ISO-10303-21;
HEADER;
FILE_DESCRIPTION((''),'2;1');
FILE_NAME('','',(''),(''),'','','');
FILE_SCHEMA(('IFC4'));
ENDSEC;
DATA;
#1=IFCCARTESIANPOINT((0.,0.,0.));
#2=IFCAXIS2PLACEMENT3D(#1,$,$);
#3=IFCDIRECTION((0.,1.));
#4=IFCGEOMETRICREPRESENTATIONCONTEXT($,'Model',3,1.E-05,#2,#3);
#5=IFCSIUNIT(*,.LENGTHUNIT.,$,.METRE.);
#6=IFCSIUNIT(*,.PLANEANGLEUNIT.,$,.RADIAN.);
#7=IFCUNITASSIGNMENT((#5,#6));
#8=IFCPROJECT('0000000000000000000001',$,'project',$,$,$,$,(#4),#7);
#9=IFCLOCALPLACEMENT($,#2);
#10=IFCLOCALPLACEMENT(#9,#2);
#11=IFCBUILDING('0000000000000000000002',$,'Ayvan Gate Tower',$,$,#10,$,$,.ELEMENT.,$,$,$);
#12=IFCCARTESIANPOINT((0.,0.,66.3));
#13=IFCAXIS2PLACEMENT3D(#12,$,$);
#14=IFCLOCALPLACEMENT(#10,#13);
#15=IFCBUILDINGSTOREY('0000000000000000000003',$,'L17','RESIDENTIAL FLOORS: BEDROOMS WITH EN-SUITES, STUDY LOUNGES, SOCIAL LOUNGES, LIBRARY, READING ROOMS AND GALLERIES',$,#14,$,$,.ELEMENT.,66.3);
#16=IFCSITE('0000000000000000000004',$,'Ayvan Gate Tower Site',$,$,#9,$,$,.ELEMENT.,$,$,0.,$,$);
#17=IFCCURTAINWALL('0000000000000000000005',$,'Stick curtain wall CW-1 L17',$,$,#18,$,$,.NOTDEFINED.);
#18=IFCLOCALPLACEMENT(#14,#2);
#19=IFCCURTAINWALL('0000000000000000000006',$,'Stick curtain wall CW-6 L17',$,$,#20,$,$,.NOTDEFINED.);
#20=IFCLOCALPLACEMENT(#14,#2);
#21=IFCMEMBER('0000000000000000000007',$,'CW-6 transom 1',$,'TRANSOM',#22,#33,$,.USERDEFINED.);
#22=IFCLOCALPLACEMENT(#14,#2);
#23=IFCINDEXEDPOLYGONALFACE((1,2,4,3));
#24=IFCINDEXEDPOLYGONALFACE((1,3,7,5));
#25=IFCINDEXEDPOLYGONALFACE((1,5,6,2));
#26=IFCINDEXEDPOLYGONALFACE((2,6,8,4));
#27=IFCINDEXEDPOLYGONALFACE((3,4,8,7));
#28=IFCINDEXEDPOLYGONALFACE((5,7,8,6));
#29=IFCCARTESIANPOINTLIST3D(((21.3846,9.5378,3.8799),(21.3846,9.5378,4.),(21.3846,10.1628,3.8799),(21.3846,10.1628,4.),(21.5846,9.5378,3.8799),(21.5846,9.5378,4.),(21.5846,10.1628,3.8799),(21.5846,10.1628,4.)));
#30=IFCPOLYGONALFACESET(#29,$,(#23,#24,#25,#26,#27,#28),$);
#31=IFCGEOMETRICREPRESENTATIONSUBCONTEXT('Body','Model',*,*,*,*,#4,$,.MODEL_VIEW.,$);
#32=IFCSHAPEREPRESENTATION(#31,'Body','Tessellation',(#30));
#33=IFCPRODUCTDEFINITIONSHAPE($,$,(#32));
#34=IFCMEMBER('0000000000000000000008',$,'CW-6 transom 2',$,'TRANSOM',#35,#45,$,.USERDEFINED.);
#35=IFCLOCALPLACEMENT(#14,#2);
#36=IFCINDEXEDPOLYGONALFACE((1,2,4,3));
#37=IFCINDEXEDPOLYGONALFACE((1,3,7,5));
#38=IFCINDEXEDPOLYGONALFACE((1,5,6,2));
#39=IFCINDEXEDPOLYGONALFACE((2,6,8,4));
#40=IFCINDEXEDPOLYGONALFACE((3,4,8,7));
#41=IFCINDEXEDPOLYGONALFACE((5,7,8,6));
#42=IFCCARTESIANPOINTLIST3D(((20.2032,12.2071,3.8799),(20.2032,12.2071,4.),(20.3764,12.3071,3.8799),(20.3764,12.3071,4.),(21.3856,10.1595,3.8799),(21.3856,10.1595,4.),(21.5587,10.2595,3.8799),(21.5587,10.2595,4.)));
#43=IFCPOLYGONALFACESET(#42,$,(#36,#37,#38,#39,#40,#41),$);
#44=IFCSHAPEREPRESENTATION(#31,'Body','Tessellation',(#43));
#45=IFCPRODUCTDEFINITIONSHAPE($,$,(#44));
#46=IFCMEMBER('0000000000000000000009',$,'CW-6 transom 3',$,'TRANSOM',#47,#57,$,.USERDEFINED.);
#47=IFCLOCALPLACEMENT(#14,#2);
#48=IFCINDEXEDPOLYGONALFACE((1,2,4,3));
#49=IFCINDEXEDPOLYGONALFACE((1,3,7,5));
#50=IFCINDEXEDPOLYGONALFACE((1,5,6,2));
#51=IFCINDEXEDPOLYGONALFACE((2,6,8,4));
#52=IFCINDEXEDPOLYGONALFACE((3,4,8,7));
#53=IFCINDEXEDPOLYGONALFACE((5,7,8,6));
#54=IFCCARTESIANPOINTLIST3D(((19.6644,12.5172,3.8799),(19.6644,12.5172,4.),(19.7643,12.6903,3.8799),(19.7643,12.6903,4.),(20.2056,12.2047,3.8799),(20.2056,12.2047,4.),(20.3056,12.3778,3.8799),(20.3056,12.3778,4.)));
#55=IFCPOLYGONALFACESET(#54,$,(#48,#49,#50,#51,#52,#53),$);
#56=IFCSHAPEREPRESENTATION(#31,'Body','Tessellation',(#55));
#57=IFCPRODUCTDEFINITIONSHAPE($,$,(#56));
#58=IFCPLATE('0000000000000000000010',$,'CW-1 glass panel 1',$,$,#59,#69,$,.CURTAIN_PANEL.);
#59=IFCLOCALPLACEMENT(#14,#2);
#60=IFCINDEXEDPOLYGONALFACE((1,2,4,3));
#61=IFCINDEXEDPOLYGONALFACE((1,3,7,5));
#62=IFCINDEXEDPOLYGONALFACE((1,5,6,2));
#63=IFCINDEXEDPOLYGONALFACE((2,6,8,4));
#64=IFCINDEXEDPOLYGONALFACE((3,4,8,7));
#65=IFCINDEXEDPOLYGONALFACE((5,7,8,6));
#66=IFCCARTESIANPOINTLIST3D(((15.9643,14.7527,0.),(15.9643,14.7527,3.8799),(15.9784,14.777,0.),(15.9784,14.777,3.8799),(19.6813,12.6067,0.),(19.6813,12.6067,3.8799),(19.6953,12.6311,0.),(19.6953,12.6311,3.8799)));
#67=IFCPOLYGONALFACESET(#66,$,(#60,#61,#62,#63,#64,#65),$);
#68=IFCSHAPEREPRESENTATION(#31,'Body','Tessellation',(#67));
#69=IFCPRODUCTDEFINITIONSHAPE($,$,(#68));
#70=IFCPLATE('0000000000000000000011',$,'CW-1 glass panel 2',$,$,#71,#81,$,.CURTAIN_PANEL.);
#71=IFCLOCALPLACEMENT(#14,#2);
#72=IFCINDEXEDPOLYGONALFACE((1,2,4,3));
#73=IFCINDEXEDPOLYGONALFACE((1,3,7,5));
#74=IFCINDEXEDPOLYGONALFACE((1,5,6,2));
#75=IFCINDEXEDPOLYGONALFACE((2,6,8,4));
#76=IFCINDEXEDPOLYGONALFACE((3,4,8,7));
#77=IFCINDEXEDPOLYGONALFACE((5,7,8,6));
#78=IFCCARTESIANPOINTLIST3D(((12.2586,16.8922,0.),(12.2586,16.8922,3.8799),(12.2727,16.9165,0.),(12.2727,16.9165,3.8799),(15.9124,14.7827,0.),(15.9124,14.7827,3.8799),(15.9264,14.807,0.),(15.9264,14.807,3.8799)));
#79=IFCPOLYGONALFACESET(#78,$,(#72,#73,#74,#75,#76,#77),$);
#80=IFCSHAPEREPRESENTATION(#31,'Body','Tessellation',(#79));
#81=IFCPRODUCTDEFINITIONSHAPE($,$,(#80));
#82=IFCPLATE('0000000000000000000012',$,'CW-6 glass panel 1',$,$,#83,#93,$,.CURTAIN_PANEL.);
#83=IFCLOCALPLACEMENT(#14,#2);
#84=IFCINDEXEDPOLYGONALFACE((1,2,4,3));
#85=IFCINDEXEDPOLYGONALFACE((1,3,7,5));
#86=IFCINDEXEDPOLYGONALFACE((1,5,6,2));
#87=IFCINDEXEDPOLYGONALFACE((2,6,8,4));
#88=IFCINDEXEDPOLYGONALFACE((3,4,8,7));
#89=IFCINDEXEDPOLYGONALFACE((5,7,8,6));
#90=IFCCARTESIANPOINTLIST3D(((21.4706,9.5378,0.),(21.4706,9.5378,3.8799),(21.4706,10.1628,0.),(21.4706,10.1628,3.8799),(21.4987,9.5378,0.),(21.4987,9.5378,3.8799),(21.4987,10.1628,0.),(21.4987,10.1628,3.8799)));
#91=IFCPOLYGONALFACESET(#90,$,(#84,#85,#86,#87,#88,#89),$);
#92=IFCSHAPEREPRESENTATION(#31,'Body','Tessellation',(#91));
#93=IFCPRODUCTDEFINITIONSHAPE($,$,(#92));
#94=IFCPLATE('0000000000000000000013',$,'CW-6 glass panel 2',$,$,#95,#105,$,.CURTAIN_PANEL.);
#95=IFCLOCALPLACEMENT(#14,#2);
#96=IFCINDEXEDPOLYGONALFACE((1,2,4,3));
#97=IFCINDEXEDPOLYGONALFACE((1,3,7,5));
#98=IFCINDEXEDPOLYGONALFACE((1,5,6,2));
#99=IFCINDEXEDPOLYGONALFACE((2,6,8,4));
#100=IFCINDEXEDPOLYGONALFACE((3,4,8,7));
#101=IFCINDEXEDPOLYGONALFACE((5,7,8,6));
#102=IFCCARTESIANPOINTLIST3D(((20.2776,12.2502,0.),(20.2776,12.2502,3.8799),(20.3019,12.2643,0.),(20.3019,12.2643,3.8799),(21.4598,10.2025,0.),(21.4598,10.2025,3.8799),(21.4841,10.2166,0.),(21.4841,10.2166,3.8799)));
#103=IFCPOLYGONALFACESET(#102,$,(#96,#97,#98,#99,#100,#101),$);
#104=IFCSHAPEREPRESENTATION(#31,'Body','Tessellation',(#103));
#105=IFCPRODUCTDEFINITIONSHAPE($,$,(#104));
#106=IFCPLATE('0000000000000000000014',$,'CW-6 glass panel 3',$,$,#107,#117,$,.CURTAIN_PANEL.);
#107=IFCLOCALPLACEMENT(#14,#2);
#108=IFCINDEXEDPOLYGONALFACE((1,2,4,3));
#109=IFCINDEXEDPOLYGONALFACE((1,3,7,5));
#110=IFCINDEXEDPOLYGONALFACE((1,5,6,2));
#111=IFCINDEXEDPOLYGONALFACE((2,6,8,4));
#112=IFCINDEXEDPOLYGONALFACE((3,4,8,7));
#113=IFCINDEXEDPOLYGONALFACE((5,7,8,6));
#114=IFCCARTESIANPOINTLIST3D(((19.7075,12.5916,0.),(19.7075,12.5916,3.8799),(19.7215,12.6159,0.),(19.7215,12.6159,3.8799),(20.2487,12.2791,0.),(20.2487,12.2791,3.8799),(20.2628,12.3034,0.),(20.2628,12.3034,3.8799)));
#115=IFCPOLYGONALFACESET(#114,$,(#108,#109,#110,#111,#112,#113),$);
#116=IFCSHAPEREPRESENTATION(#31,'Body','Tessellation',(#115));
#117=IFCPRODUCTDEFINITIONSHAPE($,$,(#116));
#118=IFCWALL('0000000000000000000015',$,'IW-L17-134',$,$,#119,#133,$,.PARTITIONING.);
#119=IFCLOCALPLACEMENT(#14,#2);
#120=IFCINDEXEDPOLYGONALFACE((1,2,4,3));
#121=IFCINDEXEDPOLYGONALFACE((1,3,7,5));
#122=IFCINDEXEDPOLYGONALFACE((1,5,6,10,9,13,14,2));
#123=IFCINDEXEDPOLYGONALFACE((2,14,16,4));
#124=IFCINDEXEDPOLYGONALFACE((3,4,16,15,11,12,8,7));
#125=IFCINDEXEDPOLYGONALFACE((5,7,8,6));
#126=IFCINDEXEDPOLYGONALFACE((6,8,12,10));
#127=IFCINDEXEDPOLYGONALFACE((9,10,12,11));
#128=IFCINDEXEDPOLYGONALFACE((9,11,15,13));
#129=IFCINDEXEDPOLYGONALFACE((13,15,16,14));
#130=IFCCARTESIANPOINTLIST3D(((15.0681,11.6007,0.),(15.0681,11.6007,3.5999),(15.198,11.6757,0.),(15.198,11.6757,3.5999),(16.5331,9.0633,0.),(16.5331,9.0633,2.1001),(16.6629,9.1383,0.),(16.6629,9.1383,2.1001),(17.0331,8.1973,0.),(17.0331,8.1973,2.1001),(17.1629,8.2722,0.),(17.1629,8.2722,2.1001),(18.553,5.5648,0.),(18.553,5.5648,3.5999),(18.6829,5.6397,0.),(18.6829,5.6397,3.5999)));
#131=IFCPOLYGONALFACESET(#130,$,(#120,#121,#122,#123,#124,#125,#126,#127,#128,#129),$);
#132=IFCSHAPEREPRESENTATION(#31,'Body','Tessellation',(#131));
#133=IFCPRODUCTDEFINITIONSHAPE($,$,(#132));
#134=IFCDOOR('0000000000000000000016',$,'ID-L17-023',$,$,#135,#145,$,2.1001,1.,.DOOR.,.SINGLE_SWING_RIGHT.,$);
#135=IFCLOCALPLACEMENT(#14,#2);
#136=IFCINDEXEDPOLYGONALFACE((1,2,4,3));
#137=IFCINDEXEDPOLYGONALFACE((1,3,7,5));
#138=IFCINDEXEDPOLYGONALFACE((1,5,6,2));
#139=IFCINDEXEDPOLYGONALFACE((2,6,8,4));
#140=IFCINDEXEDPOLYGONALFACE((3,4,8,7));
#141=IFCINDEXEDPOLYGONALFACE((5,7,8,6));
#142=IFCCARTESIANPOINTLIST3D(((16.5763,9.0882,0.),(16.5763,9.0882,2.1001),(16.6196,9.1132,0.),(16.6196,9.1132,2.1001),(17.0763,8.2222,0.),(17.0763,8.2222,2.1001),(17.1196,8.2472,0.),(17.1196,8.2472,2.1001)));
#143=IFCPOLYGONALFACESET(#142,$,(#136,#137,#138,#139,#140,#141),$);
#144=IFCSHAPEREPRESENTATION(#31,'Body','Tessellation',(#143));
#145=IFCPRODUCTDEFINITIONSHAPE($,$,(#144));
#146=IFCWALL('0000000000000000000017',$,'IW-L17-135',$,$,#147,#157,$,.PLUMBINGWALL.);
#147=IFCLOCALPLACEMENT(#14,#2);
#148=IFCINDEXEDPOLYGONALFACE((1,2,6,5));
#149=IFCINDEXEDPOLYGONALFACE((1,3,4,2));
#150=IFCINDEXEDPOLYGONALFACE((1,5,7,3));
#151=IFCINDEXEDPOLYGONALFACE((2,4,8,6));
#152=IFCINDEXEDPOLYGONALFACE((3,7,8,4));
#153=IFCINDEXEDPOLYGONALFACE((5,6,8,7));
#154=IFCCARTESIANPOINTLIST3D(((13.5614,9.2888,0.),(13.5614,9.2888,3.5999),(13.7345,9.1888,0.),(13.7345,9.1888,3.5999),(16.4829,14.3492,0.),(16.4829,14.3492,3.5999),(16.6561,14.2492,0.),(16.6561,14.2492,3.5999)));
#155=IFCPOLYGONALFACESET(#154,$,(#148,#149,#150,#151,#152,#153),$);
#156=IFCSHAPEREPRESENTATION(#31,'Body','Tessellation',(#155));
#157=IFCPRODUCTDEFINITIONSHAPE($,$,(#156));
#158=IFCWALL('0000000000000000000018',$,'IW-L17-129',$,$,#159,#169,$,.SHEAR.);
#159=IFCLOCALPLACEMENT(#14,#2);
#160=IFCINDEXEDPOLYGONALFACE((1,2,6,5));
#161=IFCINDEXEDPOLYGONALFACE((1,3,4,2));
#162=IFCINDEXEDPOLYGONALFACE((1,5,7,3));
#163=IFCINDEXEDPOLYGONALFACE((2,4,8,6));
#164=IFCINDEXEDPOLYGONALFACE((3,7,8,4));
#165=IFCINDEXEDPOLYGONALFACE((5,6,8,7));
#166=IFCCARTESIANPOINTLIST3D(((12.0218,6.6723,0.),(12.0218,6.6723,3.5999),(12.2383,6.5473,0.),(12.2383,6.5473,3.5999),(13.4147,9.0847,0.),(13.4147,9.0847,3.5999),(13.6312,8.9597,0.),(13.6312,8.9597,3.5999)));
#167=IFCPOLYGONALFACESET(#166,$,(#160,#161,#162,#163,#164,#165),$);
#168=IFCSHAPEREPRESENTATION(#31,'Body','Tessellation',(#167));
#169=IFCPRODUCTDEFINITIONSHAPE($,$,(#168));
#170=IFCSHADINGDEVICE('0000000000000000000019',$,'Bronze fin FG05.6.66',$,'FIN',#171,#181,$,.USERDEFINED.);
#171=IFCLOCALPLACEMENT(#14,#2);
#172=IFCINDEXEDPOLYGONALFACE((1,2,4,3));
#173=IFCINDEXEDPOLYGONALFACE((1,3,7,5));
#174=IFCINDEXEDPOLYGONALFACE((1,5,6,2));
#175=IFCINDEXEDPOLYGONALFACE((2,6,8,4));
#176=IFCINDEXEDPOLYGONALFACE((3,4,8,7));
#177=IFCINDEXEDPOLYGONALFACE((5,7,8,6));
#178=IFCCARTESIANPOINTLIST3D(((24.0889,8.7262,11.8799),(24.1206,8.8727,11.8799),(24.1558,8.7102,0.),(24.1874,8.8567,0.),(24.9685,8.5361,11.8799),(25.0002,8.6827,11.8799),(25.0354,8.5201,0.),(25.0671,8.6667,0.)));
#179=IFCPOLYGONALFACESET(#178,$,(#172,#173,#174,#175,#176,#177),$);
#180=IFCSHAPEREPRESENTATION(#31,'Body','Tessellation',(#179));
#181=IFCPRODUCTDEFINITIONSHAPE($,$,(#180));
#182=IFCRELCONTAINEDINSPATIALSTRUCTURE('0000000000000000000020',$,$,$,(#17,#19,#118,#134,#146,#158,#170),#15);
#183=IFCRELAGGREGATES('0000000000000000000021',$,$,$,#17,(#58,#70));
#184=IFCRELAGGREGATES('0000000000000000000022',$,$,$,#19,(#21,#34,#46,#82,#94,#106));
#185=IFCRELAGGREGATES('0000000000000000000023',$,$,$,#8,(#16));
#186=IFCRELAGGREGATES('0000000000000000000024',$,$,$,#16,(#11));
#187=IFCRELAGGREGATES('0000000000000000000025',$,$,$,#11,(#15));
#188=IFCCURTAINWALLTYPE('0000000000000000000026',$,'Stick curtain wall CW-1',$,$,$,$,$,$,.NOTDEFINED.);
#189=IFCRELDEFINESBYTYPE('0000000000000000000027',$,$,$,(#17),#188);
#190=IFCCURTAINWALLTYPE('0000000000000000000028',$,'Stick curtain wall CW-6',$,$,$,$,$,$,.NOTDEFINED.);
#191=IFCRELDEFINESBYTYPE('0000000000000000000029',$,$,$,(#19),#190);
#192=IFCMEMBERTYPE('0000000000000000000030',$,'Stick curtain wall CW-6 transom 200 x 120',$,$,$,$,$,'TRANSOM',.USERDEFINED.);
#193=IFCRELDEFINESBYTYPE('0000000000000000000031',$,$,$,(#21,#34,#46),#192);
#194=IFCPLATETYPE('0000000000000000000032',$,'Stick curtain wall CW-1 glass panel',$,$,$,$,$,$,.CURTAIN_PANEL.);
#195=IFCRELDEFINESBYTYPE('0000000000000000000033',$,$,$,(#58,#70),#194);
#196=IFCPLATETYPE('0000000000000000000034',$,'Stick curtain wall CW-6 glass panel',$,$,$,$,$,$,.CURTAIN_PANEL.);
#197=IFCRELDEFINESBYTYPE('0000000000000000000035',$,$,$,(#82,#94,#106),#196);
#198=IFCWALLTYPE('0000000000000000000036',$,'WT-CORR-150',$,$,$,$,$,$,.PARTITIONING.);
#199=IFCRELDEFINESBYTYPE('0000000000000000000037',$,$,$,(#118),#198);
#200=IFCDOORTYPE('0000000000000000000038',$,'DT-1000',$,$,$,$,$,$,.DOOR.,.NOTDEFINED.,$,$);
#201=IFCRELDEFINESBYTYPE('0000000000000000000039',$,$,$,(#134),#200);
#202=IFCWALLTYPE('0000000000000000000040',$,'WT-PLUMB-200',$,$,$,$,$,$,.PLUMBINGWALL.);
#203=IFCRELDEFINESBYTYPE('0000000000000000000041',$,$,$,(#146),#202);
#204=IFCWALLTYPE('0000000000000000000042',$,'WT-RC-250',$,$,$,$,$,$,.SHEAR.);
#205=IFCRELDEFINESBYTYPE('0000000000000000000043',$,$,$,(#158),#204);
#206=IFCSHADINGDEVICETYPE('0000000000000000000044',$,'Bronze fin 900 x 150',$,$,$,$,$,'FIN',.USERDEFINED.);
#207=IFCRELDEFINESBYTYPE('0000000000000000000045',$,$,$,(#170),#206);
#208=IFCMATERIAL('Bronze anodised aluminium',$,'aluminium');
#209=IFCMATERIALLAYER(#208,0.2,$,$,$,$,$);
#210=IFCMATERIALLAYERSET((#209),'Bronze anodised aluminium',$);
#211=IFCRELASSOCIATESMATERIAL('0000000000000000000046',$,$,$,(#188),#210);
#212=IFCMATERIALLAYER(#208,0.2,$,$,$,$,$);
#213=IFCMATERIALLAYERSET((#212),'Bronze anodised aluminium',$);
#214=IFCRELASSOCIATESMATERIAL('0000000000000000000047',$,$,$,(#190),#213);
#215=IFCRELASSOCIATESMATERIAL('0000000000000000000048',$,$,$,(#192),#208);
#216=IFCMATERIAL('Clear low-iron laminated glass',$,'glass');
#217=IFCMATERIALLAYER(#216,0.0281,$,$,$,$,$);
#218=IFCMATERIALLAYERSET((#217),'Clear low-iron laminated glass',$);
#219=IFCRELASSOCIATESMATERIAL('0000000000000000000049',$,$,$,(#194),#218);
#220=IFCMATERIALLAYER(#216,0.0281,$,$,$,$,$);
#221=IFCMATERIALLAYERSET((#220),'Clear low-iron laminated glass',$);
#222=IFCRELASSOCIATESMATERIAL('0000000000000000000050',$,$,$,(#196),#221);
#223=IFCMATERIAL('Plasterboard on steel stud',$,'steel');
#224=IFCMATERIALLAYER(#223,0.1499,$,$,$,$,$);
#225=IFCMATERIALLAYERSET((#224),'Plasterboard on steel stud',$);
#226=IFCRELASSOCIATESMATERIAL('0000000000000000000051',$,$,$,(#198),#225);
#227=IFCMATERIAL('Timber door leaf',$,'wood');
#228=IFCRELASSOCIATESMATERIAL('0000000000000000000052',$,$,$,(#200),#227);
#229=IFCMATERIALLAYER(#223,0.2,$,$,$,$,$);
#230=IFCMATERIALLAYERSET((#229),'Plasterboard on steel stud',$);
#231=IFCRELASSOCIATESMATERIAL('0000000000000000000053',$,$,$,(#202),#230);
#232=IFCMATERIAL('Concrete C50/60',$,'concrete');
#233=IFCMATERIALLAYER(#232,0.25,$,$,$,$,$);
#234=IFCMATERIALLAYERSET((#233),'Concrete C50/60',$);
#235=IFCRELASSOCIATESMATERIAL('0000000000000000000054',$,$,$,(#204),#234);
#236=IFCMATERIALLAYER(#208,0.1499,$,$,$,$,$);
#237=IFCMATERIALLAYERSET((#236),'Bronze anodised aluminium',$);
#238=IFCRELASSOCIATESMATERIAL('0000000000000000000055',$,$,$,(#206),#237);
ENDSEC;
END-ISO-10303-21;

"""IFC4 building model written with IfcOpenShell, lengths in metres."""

from ifc_helpers import new_model, si_unit, direction, frame, frame_2d, origin, origin_2d, place, context, subcontext, project, spatial, polyline, rectangle, outline, extrude, material, layer, layer_set, material_profile, profile_set, type_object, element, fill, aggregate, save


model = new_model("IFC4")

# Units and contexts
model_context = context("Model", 3, precision=1e-05, world=origin(), true_north=direction((0.0, 1.0)))
body_context = subcontext(model_context, "Body", "Model", "MODEL_VIEW")
ifc_project = project(units=[si_unit("LENGTHUNIT", "METRE"), si_unit("PLANEANGLEUNIT", "RADIAN")], contexts=[model_context])

# Site, building, storey
site_placement = place(None, origin())
site = spatial("IfcSite", under=ifc_project, at=site_placement, Name="Ayvan Gate Tower Site", CompositionType="ELEMENT", RefElevation=0.0)
building_placement = place(site_placement, origin())
building = spatial("IfcBuilding", under=site, at=building_placement, Name="Ayvan Gate Tower", CompositionType="ELEMENT")
storey_placement = place(building_placement, frame((0.0, 0.0, 66.3)))
storey = spatial("IfcBuildingStorey", under=building, at=storey_placement, Name="L17", Description="RESIDENTIAL FLOORS: BEDROOMS WITH EN-SUITES, STUDY LOUNGES, SOCIAL LOUNGES, LIBRARY, READING ROOMS AND GALLERIES", CompositionType="ELEMENT", Elevation=66.3)

# Shared definitions
ifc_material_1 = material(Name="Bronze anodised aluminium", Category="aluminium")
ifc_layer_1 = layer(ifc_material_1, 0.2)
ifc_layer_set_1 = layer_set([ifc_layer_1], Name="Bronze anodised aluminium")
curtain_wall_type_1 = type_object("IfcCurtainWallType", Name="Stick curtain wall CW-1", PredefinedType="NOTDEFINED", material=ifc_layer_set_1)

# Curtain walls, members
curtain_wall_1_placement = place(storey_placement, origin())
curtain_wall_1 = element("IfcCurtainWall", 1, at=curtain_wall_1_placement, inside=storey, type_object=curtain_wall_type_1, Name="Stick curtain wall CW-1 L17", PredefinedType="NOTDEFINED")
ifc_layer_2 = layer(ifc_material_1, 0.2)
ifc_layer_set_2 = layer_set([ifc_layer_2], Name="Bronze anodised aluminium")
curtain_wall_type_2 = type_object("IfcCurtainWallType", Name="Stick curtain wall CW-6", PredefinedType="NOTDEFINED", material=ifc_layer_set_2)
curtain_wall_2_placement = place(storey_placement, origin())
curtain_wall_2 = element("IfcCurtainWall", 2, at=curtain_wall_2_placement, inside=storey, type_object=curtain_wall_type_2, Name="Stick curtain wall CW-6 L17", PredefinedType="NOTDEFINED")
ifc_material_profile_1 = material_profile(ifc_material_1, rectangle(XDim=0.2, YDim=0.1201, at=origin_2d()), Name="Stick curtain wall CW-6 transom 200 x 120")
ifc_profile_set_1 = profile_set([ifc_material_profile_1], Name="Bronze anodised aluminium")
member_type_1 = type_object("IfcMemberType", Name="Stick curtain wall CW-6 transom 200 x 120", ElementType="TRANSOM", PredefinedType="USERDEFINED", material=ifc_profile_set_1)
member_1_placement = place(storey_placement, frame((21.4846, 9.5378, 3.9399), z_axis=(0.0, 1.0, 0.0), x_axis=(-1.0, 0.0, 0.0)))
member_1 = element("IfcMember", 3, at=member_1_placement, type_object=member_type_1, Name="CW-6 transom 1", ObjectType="TRANSOM", PredefinedType="USERDEFINED", context=body_context, shape_type="SweptSolid", body=[
    extrude(rectangle(XDim=0.2, YDim=0.1201, at=origin_2d()), origin(), (0.0, 0.0, 1.0), 0.625),
])
member_2_placement = place(storey_placement, frame((21.4722, 10.2095, 3.9399), z_axis=(-0.500059, 0.865991, 0.0), x_axis=(-0.865991, -0.500059, 0.0)))
member_2 = element("IfcMember", 4, at=member_2_placement, type_object=member_type_1, Name="CW-6 transom 2", ObjectType="TRANSOM", PredefinedType="USERDEFINED", context=body_context, shape_type="SweptSolid", body=[
    extrude(rectangle(XDim=0.2, YDim=0.1201, at=origin_2d()), origin(), (0.0, 0.0, 1.0), 2.3645),
])
member_3_placement = place(storey_placement, frame((20.2556, 12.2913, 3.9399), z_axis=(-0.866023, 0.500004, 0.0), x_axis=(-0.500004, -0.866023, 0.0)))
member_3 = element("IfcMember", 5, at=member_3_placement, type_object=member_type_1, Name="CW-6 transom 3", ObjectType="TRANSOM", PredefinedType="USERDEFINED", context=body_context, shape_type="SweptSolid", body=[
    extrude(rectangle(XDim=0.2, YDim=0.1201, at=origin_2d()), origin(), (0.0, 0.0, 1.0), 0.625),
])

# Plates
ifc_material_2 = material(Name="Clear low-iron laminated glass", Category="glass")
ifc_layer_3 = layer(ifc_material_2, 0.0281)
ifc_layer_set_3 = layer_set([ifc_layer_3], Name="Clear low-iron laminated glass")
plate_type_1 = type_object("IfcPlateType", Name="Stick curtain wall CW-1 glass panel", PredefinedType="CURTAIN_PANEL", material=ifc_layer_set_3)
plate_1_placement = place(storey_placement, frame((17.8298, 13.6919, 0.0), z_axis=(0.0, 0.0, 1.0), x_axis=(-0.866025, 0.5, 0.0)))
plate_1 = element("IfcPlate", 6, at=plate_1_placement, type_object=plate_type_1, Name="CW-1 glass panel 1", PredefinedType="CURTAIN_PANEL", context=body_context, shape_type="SweptSolid", body=[
    extrude(rectangle(XDim=4.292, YDim=0.0281, at=origin_2d()), origin(), (0.0, 0.0, 1.0), 3.8799),
])
plate_2_placement = place(storey_placement, frame((14.0925, 15.8496, 0.0), z_axis=(0.0, 0.0, 1.0), x_axis=(-0.866025, 0.5, 0.0)))
plate_2 = element("IfcPlate", 7, at=plate_2_placement, type_object=plate_type_1, Name="CW-1 glass panel 2", PredefinedType="CURTAIN_PANEL", context=body_context, shape_type="SweptSolid", body=[
    extrude(rectangle(XDim=4.219, YDim=0.0281, at=origin_2d()), origin(), (0.0, 0.0, 1.0), 3.8799),
])
aggregate(curtain_wall_1, [plate_1, plate_2])
ifc_layer_4 = layer(ifc_material_2, 0.0281)
ifc_layer_set_4 = layer_set([ifc_layer_4], Name="Clear low-iron laminated glass")
plate_type_2 = type_object("IfcPlateType", Name="Stick curtain wall CW-6 glass panel", PredefinedType="CURTAIN_PANEL", material=ifc_layer_set_4)
plate_3_placement = place(storey_placement, frame((21.4846, 9.8503, 0.0), z_axis=(0.0, 0.0, 1.0), x_axis=(0.0, 1.0, 0.0)))
plate_3 = element("IfcPlate", 8, at=plate_3_placement, type_object=plate_type_2, Name="CW-6 glass panel 1", PredefinedType="CURTAIN_PANEL", context=body_context, shape_type="SweptSolid", body=[
    extrude(rectangle(XDim=0.625, YDim=0.0281, at=origin_2d()), origin(), (0.0, 0.0, 1.0), 3.8799),
])
plate_4_placement = place(storey_placement, frame((20.8809, 11.2334, 0.0), z_axis=(0.0, 0.0, 1.0), x_axis=(-0.5, 0.866025, 0.0)))
plate_4 = element("IfcPlate", 9, at=plate_4_placement, type_object=plate_type_2, Name="CW-6 glass panel 2", PredefinedType="CURTAIN_PANEL", context=body_context, shape_type="SweptSolid", body=[
    extrude(rectangle(XDim=2.3645, YDim=0.0281, at=origin_2d()), origin(), (0.0, 0.0, 1.0), 3.8799),
])
plate_5_placement = place(storey_placement, frame((19.9851, 12.4475, 0.0), z_axis=(0.0, 0.0, 1.0), x_axis=(-0.866025, 0.5, 0.0)))
plate_5 = element("IfcPlate", 10, at=plate_5_placement, type_object=plate_type_2, Name="CW-6 glass panel 3", PredefinedType="CURTAIN_PANEL", context=body_context, shape_type="SweptSolid", body=[
    extrude(rectangle(XDim=0.625, YDim=0.0281, at=origin_2d()), origin(), (0.0, 0.0, 1.0), 3.8799),
])
aggregate(curtain_wall_2, [member_1, member_2, member_3, plate_3, plate_4, plate_5])

# Wall, opening, door
ifc_material_3 = material(Name="Plasterboard on steel stud", Category="steel")
ifc_layer_5 = layer(ifc_material_3, 0.1499)
ifc_layer_set_5 = layer_set([ifc_layer_5], Name="Plasterboard on steel stud")
wall_type_1 = type_object("IfcWallType", Name="WT-CORR-150", PredefinedType="PARTITIONING", material=ifc_layer_set_5)
wall_1_placement = place(storey_placement, frame((15.1331, 11.6382, 0.0), z_axis=(0.0, 0.0, 1.0), x_axis=(0.500004, -0.866023, 0.0)))
wall_1 = element("IfcWall", 11, at=wall_1_placement, inside=storey, type_object=wall_type_1, Name="IW-L17-134", PredefinedType="PARTITIONING", context=body_context, shape_type="SweptSolid", body=[
    extrude(rectangle(XDim=6.9697, YDim=0.1499, at=frame_2d((3.4849, 0.0))), origin(), (0.0, 0.0, 1.0), 3.5999),
])
opening_placement = place(wall_1_placement, frame((2.9299, 0.0, 0.0)))
opening = element("IfcOpeningElement", 12, at=opening_placement, cuts=wall_1, PredefinedType="OPENING", context=body_context, shape_type="SweptSolid", body=[
    extrude(rectangle(XDim=1.0, YDim=2.1001, at=frame_2d((0.5, 1.05))), frame((0.0, 0.085, 0.0), z_axis=(0.0, -1.0, 0.0), x_axis=(1.0, 0.0, 0.0)), (0.0, 0.0, 1.0), 0.1699),
])
ifc_material_4 = material(Name="Timber door leaf", Category="wood")
door_type = type_object("IfcDoorType", Name="DT-1000", OperationType="NOTDEFINED", PredefinedType="DOOR", material=ifc_material_4)
door_placement = place(opening_placement, origin())
door = element("IfcDoor", 13, at=door_placement, inside=storey, type_object=door_type, Name="ID-L17-023", OperationType="SINGLE_SWING_RIGHT", OverallHeight=2.1001, OverallWidth=1.0, PredefinedType="DOOR", context=body_context, shape_type="SweptSolid", body=[
    extrude(rectangle(XDim=1.0, YDim=2.1001, at=frame_2d((0.5, 1.05))), frame((0.0, 0.0249, 0.0), z_axis=(0.0, -1.0, 0.0), x_axis=(1.0, 0.0, 0.0)), (0.0, 0.0, 1.0), 0.05),
])
fill(opening, door)

# Walls
ifc_layer_6 = layer(ifc_material_3, 0.2)
ifc_layer_set_6 = layer_set([ifc_layer_6], Name="Plasterboard on steel stud")
wall_type_2 = type_object("IfcWallType", Name="WT-PLUMB-200", PredefinedType="PLUMBINGWALL", material=ifc_layer_set_6)
wall_2_placement = place(storey_placement, frame((13.6479, 9.2388, 0.0), z_axis=(0.0, 0.0, 1.0), x_axis=(0.49999, 0.866031, 0.0)))
element("IfcWall", 14, at=wall_2_placement, inside=storey, type_object=wall_type_2, Name="IW-L17-135", PredefinedType="PLUMBINGWALL", context=body_context, shape_type="SweptSolid", body=[
    extrude(rectangle(XDim=5.8433, YDim=0.2, at=frame_2d((2.9216, 0.0))), origin(), (0.0, 0.0, 1.0), 3.5999),
])
ifc_material_5 = material(Name="Concrete C50/60", Category="concrete")
ifc_layer_7 = layer(ifc_material_5, 0.25)
ifc_layer_set_7 = layer_set([ifc_layer_7], Name="Concrete C50/60")
wall_type_3 = type_object("IfcWallType", Name="WT-RC-250", PredefinedType="SHEAR", material=ifc_layer_set_7)
wall_3_placement = place(storey_placement, frame((13.5229, 9.0222, 0.0), z_axis=(0.0, 0.0, 1.0), x_axis=(-0.500013, -0.866018, 0.0)))
element("IfcWall", 15, at=wall_3_placement, inside=storey, type_object=wall_type_3, Name="IW-L17-129", PredefinedType="SHEAR", context=body_context, shape_type="SweptSolid", body=[
    extrude(rectangle(XDim=2.7856, YDim=0.25, at=frame_2d((1.3928, 0.0))), origin(), (0.0, 0.0, 1.0), 3.5999),
])

# Shading device
ifc_layer_8 = layer(ifc_material_1, 0.1499)
ifc_layer_set_8 = layer_set([ifc_layer_8], Name="Bronze anodised aluminium")
shading_device_type = type_object("IfcShadingDeviceType", Name="Bronze fin 900 x 150", ElementType="FIN", PredefinedType="USERDEFINED", material=ifc_layer_set_8)
shading_device_1_placement = place(storey_placement, frame((24.1558, 8.7102, 0.0), z_axis=(-0.211196, -0.977444, 0.000126), x_axis=(0.977444, -0.211196, 0.0)))
element("IfcShadingDevice", 16, at=shading_device_1_placement, inside=storey, type_object=shading_device_type, Name="Bronze fin FG05.6.66", ObjectType="FIN", PredefinedType="USERDEFINED", context=body_context, shape_type="SweptSolid", body=[
    extrude(outline(polyline([(0.0, 0.0), (0.9, 0.0), (0.8312, 11.8799), (-0.0687, 11.8799), (0.0, 0.0)])), origin(), (0.0, 0.0, -1.0), 0.1499),
])

save(model, "model.ifc")
